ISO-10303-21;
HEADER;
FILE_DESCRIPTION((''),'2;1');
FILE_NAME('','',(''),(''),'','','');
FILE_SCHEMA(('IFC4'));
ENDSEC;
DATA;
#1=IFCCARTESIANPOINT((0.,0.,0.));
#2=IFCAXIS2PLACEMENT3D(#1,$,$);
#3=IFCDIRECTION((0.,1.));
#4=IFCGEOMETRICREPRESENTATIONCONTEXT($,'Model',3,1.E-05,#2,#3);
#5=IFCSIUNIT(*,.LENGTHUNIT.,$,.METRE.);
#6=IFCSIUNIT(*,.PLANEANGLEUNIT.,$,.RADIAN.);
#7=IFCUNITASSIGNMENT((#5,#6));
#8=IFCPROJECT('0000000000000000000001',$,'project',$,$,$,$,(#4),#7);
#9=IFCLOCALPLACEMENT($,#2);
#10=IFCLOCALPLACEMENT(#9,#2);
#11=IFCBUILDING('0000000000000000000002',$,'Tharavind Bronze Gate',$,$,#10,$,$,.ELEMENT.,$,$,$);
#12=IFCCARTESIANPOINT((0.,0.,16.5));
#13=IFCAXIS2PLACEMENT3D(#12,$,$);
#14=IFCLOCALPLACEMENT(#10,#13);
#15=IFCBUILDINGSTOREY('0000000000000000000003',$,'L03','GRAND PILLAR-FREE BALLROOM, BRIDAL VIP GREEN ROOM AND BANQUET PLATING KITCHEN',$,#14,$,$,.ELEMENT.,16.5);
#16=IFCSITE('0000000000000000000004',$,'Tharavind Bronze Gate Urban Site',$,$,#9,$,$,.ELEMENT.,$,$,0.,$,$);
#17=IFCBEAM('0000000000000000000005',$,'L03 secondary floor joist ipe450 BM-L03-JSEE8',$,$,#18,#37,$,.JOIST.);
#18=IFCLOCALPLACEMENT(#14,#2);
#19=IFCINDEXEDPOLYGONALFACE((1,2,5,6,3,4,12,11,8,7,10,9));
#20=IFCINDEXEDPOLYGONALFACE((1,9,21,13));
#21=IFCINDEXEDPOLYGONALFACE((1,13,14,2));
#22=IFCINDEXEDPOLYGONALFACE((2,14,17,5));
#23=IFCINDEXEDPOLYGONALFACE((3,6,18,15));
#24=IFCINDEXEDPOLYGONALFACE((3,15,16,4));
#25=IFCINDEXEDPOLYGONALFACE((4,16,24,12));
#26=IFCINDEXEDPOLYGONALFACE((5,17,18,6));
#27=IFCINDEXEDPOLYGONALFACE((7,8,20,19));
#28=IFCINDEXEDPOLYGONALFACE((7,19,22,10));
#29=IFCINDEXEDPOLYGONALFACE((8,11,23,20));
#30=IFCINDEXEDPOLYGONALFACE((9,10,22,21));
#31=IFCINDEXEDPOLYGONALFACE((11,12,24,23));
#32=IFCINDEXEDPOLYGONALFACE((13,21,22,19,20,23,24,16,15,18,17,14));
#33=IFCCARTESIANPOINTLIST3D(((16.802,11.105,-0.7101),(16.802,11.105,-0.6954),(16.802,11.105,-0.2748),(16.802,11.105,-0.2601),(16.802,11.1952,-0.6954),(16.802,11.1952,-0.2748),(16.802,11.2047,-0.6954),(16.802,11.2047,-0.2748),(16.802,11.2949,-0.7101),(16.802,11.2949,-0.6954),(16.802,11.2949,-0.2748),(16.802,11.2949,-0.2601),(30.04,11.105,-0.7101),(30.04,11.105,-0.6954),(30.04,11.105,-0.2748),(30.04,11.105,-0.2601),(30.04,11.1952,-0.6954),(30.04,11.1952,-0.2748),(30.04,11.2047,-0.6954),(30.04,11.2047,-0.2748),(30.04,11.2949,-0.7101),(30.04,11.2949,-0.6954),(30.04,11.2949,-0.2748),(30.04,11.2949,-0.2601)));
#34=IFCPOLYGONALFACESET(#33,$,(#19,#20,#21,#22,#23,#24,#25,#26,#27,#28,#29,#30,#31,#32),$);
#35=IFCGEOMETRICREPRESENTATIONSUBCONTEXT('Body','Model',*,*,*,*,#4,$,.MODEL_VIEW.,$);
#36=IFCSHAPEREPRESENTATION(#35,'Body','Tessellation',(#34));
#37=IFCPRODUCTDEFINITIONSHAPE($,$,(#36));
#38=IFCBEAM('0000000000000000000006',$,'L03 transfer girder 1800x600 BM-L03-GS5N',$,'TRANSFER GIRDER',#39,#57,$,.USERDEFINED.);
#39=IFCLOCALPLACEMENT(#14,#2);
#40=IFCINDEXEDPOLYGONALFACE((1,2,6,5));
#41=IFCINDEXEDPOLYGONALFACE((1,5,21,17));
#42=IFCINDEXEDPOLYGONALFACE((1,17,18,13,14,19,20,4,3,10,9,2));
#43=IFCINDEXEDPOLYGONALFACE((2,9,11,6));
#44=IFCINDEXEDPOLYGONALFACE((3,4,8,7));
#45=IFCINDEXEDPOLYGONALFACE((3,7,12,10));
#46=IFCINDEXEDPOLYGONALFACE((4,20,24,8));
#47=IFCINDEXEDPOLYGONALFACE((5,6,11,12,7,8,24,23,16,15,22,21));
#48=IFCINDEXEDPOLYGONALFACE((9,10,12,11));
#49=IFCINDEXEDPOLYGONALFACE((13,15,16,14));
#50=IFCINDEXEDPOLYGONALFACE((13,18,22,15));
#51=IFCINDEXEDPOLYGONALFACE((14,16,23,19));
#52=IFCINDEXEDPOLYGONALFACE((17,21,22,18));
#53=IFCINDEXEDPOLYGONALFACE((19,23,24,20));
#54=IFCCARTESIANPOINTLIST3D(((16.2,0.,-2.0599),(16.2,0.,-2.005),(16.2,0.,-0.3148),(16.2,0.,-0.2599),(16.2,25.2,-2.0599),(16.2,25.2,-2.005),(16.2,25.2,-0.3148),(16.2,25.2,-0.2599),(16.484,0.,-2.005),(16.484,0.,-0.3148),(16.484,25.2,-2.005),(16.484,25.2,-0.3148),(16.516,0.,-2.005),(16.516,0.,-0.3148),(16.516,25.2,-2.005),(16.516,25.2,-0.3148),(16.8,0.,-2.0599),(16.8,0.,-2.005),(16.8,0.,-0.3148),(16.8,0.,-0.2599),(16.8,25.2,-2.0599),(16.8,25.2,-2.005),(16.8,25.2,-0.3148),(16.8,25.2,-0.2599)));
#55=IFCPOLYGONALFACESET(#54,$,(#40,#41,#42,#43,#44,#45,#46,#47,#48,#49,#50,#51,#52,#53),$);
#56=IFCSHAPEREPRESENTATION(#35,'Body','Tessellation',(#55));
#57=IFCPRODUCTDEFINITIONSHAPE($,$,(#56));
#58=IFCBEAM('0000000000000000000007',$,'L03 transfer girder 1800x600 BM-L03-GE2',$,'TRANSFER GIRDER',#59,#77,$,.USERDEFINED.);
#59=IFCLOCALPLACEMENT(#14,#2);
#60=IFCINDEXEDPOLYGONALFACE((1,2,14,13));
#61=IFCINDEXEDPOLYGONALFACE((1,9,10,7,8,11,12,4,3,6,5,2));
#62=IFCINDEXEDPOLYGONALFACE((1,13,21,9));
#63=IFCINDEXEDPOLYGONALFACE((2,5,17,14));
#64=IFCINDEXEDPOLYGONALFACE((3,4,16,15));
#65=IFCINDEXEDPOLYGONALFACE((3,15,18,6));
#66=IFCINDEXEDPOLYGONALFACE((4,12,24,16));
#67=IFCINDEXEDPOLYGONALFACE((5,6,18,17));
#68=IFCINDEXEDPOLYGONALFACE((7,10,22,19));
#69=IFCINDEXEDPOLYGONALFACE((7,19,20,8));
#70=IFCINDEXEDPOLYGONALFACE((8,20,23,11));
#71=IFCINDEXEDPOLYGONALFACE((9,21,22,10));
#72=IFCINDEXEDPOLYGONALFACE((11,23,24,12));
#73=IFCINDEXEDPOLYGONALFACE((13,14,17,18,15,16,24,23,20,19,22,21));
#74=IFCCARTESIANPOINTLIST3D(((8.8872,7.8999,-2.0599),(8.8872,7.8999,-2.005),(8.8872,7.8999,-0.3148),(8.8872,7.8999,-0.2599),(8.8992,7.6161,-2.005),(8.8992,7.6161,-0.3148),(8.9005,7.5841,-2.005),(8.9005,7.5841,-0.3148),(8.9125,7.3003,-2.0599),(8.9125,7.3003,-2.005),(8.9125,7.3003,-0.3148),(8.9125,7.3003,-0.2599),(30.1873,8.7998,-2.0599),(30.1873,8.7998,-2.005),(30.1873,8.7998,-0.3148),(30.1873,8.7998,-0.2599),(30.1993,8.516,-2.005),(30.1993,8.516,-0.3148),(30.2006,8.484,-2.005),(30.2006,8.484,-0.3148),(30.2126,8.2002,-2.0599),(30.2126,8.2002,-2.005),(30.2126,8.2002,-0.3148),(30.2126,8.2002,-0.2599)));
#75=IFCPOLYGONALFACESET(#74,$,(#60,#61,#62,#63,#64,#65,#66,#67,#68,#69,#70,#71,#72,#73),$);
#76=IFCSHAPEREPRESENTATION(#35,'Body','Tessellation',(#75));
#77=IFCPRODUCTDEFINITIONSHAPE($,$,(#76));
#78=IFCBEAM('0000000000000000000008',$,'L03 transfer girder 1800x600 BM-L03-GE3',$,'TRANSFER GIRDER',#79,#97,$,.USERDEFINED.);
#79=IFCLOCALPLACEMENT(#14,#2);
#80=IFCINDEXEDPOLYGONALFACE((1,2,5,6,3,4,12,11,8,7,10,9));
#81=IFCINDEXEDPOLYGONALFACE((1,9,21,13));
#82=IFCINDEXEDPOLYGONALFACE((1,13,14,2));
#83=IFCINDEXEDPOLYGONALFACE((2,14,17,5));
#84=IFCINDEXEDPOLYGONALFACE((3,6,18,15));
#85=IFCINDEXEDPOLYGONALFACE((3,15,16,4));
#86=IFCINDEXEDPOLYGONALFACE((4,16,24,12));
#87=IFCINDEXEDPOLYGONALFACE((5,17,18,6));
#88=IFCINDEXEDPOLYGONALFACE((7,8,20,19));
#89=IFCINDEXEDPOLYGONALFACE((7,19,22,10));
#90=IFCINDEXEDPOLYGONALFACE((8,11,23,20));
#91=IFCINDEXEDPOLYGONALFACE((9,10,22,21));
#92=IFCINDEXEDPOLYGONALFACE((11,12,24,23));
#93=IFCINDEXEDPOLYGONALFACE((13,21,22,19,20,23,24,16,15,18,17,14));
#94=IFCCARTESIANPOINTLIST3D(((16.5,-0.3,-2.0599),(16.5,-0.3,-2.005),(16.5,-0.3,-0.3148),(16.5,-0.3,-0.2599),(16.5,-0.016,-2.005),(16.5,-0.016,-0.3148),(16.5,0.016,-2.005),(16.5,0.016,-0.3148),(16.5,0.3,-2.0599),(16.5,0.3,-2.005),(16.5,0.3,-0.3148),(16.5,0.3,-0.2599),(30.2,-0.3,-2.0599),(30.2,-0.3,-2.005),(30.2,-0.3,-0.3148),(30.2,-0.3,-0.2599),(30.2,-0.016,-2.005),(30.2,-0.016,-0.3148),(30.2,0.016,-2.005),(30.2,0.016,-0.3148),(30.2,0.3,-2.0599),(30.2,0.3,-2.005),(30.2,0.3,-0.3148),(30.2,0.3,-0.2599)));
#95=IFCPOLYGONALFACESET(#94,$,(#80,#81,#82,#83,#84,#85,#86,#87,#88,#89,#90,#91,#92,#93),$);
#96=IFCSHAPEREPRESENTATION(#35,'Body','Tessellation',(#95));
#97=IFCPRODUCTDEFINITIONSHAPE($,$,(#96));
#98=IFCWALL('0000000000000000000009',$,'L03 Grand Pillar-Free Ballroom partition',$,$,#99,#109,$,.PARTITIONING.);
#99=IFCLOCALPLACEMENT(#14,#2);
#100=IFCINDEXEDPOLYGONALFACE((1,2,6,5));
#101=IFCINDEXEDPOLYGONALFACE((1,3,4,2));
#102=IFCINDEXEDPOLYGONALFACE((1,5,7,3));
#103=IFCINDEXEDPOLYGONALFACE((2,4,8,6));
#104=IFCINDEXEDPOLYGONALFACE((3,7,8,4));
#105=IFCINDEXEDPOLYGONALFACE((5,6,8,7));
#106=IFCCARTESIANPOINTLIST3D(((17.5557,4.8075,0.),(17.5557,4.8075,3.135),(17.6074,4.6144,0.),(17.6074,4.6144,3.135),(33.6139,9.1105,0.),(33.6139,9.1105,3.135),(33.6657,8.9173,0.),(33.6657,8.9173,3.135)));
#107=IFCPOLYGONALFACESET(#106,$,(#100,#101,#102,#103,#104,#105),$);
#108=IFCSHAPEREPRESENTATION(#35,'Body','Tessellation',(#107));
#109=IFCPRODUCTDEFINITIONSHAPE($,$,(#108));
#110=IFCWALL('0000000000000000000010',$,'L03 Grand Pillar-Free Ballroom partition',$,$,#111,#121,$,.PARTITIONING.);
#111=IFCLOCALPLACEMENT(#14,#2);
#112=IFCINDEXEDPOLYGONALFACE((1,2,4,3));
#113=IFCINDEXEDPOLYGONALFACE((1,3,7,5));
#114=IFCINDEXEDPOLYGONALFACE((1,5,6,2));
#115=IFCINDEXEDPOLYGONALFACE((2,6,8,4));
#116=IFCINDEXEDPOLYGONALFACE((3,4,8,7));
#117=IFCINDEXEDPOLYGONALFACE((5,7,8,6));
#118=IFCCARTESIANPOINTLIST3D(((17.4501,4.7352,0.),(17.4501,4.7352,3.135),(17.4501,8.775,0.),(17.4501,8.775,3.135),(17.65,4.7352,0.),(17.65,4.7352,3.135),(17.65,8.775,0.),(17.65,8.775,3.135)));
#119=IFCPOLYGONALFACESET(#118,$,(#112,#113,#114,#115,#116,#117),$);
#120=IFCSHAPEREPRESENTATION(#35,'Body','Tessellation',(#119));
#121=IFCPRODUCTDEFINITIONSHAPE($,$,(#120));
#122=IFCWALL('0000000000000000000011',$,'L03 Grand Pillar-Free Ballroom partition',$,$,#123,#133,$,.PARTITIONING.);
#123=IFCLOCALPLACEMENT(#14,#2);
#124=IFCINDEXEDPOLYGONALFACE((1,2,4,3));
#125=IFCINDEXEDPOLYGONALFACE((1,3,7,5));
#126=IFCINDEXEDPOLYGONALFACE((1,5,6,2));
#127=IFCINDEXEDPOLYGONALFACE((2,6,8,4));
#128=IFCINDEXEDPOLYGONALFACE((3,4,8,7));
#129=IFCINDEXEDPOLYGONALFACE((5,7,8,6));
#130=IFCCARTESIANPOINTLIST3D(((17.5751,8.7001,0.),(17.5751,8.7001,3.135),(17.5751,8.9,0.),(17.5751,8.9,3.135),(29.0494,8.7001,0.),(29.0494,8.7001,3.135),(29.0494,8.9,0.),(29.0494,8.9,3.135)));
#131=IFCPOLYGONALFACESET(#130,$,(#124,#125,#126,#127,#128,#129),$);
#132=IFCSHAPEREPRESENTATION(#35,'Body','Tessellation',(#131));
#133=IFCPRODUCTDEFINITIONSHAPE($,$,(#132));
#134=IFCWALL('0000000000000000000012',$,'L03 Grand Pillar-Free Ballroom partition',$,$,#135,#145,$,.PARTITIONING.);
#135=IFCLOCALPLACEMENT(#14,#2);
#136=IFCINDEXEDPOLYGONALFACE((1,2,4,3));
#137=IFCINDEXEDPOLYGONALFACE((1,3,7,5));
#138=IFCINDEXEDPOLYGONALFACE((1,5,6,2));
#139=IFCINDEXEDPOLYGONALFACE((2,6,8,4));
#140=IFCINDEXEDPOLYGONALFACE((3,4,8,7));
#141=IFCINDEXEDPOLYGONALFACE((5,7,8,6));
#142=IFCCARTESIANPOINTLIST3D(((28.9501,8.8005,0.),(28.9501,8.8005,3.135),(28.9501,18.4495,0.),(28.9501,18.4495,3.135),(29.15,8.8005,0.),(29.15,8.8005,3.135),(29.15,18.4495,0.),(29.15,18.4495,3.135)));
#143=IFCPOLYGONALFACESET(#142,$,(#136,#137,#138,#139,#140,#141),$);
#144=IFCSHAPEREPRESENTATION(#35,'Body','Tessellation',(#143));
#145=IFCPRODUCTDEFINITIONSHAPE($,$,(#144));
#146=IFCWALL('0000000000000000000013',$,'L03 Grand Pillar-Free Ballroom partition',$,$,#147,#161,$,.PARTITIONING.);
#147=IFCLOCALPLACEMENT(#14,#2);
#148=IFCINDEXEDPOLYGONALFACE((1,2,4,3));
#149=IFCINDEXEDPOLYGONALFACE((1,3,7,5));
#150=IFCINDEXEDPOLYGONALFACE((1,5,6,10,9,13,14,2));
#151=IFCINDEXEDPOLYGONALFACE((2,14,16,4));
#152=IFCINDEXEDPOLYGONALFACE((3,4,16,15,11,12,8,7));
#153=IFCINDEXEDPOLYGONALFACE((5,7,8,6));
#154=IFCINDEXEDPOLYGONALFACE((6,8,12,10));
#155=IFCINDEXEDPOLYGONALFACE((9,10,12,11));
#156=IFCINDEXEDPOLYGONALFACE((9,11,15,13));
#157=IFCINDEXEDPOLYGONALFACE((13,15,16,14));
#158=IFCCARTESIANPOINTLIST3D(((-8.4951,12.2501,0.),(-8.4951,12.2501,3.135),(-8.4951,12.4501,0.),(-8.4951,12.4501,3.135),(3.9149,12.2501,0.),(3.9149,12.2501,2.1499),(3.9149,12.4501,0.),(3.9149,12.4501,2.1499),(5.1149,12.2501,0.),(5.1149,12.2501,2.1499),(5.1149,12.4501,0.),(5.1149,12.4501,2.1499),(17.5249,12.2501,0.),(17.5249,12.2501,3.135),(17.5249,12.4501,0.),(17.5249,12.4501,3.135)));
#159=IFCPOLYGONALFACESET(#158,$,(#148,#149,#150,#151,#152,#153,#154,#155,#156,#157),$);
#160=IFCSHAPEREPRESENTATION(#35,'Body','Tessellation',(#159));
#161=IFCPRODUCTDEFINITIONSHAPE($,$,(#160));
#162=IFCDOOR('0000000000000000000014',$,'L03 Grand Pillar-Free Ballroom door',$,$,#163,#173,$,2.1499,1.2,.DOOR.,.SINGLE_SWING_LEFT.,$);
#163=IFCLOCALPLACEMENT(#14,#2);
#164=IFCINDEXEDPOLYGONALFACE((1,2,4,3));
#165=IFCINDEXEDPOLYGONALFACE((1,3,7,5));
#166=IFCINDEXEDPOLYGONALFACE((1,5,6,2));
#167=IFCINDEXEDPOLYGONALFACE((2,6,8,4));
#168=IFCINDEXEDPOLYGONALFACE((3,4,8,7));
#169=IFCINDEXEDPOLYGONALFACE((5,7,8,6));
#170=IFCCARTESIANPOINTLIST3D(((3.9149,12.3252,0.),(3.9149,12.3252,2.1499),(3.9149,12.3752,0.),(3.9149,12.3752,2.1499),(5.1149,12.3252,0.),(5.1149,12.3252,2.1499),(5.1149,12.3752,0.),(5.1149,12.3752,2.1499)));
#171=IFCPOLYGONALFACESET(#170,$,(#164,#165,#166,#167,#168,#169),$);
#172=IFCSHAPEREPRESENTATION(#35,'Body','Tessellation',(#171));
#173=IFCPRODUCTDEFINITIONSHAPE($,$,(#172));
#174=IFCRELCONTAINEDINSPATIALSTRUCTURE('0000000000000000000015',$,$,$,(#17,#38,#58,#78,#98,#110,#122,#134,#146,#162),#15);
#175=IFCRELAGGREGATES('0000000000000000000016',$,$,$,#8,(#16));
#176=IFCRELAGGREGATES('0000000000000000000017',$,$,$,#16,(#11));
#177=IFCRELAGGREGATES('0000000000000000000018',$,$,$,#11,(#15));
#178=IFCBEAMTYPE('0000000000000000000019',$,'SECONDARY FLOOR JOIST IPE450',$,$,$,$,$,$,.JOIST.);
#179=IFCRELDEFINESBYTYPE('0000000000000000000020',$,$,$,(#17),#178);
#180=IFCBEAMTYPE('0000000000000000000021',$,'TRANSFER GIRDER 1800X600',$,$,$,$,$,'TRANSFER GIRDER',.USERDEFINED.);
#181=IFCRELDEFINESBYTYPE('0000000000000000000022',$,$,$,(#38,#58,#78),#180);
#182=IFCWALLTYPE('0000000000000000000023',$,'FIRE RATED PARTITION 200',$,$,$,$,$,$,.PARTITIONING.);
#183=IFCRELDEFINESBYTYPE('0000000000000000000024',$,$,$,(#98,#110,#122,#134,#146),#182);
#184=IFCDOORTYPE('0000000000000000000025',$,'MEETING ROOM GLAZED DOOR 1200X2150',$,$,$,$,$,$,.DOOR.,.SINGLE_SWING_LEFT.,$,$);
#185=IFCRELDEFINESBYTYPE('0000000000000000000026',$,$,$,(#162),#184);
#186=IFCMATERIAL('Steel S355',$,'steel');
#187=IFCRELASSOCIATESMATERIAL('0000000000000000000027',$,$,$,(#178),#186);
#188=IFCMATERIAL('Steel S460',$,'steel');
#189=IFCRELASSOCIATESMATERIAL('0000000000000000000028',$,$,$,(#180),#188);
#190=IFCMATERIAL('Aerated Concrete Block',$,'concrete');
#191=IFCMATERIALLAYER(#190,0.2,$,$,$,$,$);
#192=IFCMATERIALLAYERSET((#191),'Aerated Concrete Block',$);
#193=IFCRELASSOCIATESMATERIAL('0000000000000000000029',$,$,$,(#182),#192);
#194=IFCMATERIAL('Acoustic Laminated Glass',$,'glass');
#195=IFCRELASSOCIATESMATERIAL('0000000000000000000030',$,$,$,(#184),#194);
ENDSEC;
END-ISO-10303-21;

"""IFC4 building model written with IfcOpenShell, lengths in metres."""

from ifc_helpers import new_model, si_unit, direction, frame, frame_2d, origin, origin_2d, place, context, subcontext, project, spatial, rectangle, i_section, extrude, material, layer, layer_set, material_profile, profile_set, type_object, element, fill, save


model = new_model("IFC4")

# Units and contexts
model_context = context("Model", 3, precision=1e-05, world=origin(), true_north=direction((0.0, 1.0)))
body_context = subcontext(model_context, "Body", "Model", "MODEL_VIEW")
ifc_project = project(units=[si_unit("LENGTHUNIT", "METRE"), si_unit("PLANEANGLEUNIT", "RADIAN")], contexts=[model_context])

# Site, building, storey
site_placement = place(None, origin())
site = spatial("IfcSite", under=ifc_project, at=site_placement, Name="Tharavind Bronze Gate Urban Site", CompositionType="ELEMENT", RefElevation=0.0)
building_placement = place(site_placement, origin())
building = spatial("IfcBuilding", under=site, at=building_placement, Name="Tharavind Bronze Gate", CompositionType="ELEMENT")
storey_placement = place(building_placement, frame((0.0, 0.0, 16.5)))
storey = spatial("IfcBuildingStorey", under=building, at=storey_placement, Name="L03", Description="GRAND PILLAR-FREE BALLROOM, BRIDAL VIP GREEN ROOM AND BANQUET PLATING KITCHEN", CompositionType="ELEMENT", Elevation=16.5)

# Shared definitions
ifc_material_1 = material(Name="Steel S460", Category="steel")

# Beams
ifc_material_2 = material(Name="Steel S355", Category="steel")
ifc_material_profile_1 = material_profile(ifc_material_2, i_section(OverallWidth=0.1899, OverallDepth=0.45, WebThickness=0.0095, FlangeThickness=0.0146, at=origin_2d()), Name="IPE450")
ifc_profile_set_1 = profile_set([ifc_material_profile_1], Name="Steel S355")
beam_type_1 = type_object("IfcBeamType", Name="SECONDARY FLOOR JOIST IPE450", PredefinedType="JOIST", material=ifc_profile_set_1)
for number, where, z_axis, x_axis, name in (
    (1, (16.802, 11.2, -0.4851), (1.0, 0.0, 0.0), (0.0, 1.0, 0.0), "L03 secondary floor joist ipe450 BM-L03-JSEE8"),
):
    element("IfcBeam", number, at=place(storey_placement, frame(where, z_axis=z_axis, x_axis=x_axis)), inside=storey, type_object=beam_type_1, Name=name, PredefinedType="JOIST", context=body_context, shape_type="SweptSolid", body=[
        extrude(i_section(OverallWidth=0.1899, OverallDepth=0.45, WebThickness=0.0095, FlangeThickness=0.0146, at=origin_2d()), origin(), (0.0, 0.0, 1.0), 13.238),
    ])
ifc_material_profile_2 = material_profile(ifc_material_1, i_section(OverallWidth=0.6001, OverallDepth=1.8, WebThickness=0.032, FlangeThickness=0.0549, at=origin_2d()), Name="PG1800X600")
ifc_profile_set_2 = profile_set([ifc_material_profile_2], Name="Steel S460")
beam_type_2 = type_object("IfcBeamType", Name="TRANSFER GIRDER 1800X600", ElementType="TRANSFER GIRDER", PredefinedType="USERDEFINED", material=ifc_profile_set_2)
beam_1_placement = place(storey_placement, frame((16.5, 0.0, -1.1599), z_axis=(0.0, 1.0, 0.0), x_axis=(-1.0, 0.0, 0.0)))
element("IfcBeam", 2, at=beam_1_placement, inside=storey, type_object=beam_type_2, Name="L03 transfer girder 1800x600 BM-L03-GS5N", ObjectType="TRANSFER GIRDER", PredefinedType="USERDEFINED", context=body_context, shape_type="SweptSolid", body=[
    extrude(i_section(OverallWidth=0.6001, OverallDepth=1.8, WebThickness=0.032, FlangeThickness=0.0549, at=origin_2d()), origin(), (0.0, 0.0, 1.0), 25.2),
])
beam_2_placement = place(storey_placement, frame((30.2, 8.5, -1.1599), z_axis=(-0.999109, -0.042211, 0.0), x_axis=(0.042211, -0.999109, 0.0)))
element("IfcBeam", 3, at=beam_2_placement, inside=storey, type_object=beam_type_2, Name="L03 transfer girder 1800x600 BM-L03-GE2", ObjectType="TRANSFER GIRDER", PredefinedType="USERDEFINED", context=body_context, shape_type="SweptSolid", body=[
    extrude(i_section(OverallWidth=0.6001, OverallDepth=1.8, WebThickness=0.032, FlangeThickness=0.0549, at=origin_2d()), origin(), (0.0, 0.0, 1.0), 21.3191),
])
beam_3_placement = place(storey_placement, frame((30.2, 0.0, -1.1599), z_axis=(-1.0, 0.0, 0.0), x_axis=(0.0, -1.0, 0.0)))
element("IfcBeam", 4, at=beam_3_placement, inside=storey, type_object=beam_type_2, Name="L03 transfer girder 1800x600 BM-L03-GE3", ObjectType="TRANSFER GIRDER", PredefinedType="USERDEFINED", context=body_context, shape_type="SweptSolid", body=[
    extrude(i_section(OverallWidth=0.6001, OverallDepth=1.8, WebThickness=0.032, FlangeThickness=0.0549, at=origin_2d()), origin(), (0.0, 0.0, 1.0), 13.7),
])

# Walls
ifc_material_3 = material(Name="Aerated Concrete Block", Category="concrete")
ifc_layer_1 = layer(ifc_material_3, 0.2)
ifc_layer_set_1 = layer_set([ifc_layer_1], Name="Aerated Concrete Block")
wall_type_1 = type_object("IfcWallType", Name="FIRE RATED PARTITION 200", PredefinedType="PARTITIONING", material=ifc_layer_set_1)
wall_1_placement = place(storey_placement, frame((33.6399, 9.0139, 0.0), z_axis=(0.0, 0.0, 1.0), x_axis=(-0.965923, -0.258828, 0.0)))
element("IfcWall", 5, at=wall_1_placement, inside=storey, type_object=wall_type_1, Name="L03 Grand Pillar-Free Ballroom partition", PredefinedType="PARTITIONING", context=body_context, shape_type="SweptSolid", body=[
    extrude(rectangle(XDim=16.6248, YDim=0.2, at=frame_2d((8.3125, 0.0))), origin(), (0.0, 0.0, 1.0), 3.135),
])
wall_2_placement = place(storey_placement, frame((17.55, 4.7351, 0.0), z_axis=(0.0, 0.0, 1.0), x_axis=(0.0, 1.0, 0.0)))
element("IfcWall", 6, at=wall_2_placement, inside=storey, type_object=wall_type_1, Name="L03 Grand Pillar-Free Ballroom partition", PredefinedType="PARTITIONING", context=body_context, shape_type="SweptSolid", body=[
    extrude(rectangle(XDim=4.0398, YDim=0.2, at=frame_2d((2.02, 0.0))), origin(), (0.0, 0.0, 1.0), 3.135),
])
wall_3_placement = place(storey_placement, frame((17.575, 8.8, 0.0), z_axis=(0.0, 0.0, 1.0), x_axis=(1.0, 0.0, 0.0)))
element("IfcWall", 7, at=wall_3_placement, inside=storey, type_object=wall_type_1, Name="L03 Grand Pillar-Free Ballroom partition", PredefinedType="PARTITIONING", context=body_context, shape_type="SweptSolid", body=[
    extrude(rectangle(XDim=11.4744, YDim=0.2, at=frame_2d((5.7373, 0.0))), origin(), (0.0, 0.0, 1.0), 3.135),
])
wall_4_placement = place(storey_placement, frame((29.05, 8.8005, 0.0), z_axis=(0.0, 0.0, 1.0), x_axis=(0.0, 1.0, 0.0)))
element("IfcWall", 8, at=wall_4_placement, inside=storey, type_object=wall_type_1, Name="L03 Grand Pillar-Free Ballroom partition", PredefinedType="PARTITIONING", context=body_context, shape_type="SweptSolid", body=[
    extrude(rectangle(XDim=9.6489, YDim=0.2, at=frame_2d((4.8245, 0.0))), origin(), (0.0, 0.0, 1.0), 3.135),
])

# Wall, opening, door
wall_5_placement = place(storey_placement, frame((17.5249, 12.3501, 0.0), z_axis=(0.0, 0.0, 1.0), x_axis=(-1.0, 0.0, 0.0)))
wall_5 = element("IfcWall", 9, at=wall_5_placement, inside=storey, type_object=wall_type_1, Name="L03 Grand Pillar-Free Ballroom partition", PredefinedType="PARTITIONING", context=body_context, shape_type="SweptSolid", body=[
    extrude(rectangle(XDim=26.02, YDim=0.2, at=frame_2d((13.01, 0.0))), origin(), (0.0, 0.0, 1.0), 3.135),
])
opening_1_placement = place(wall_5_placement, frame((12.4099, 0.0, 0.0)))
opening_1 = element("IfcOpeningElement", 10, at=opening_1_placement, cuts=wall_5, PredefinedType="OPENING", context=body_context, shape_type="SweptSolid", body=[
    extrude(rectangle(XDim=1.2, YDim=2.1499, at=frame_2d((0.6001, 1.075))), frame((0.0, 0.1101, 0.0), z_axis=(0.0, -1.0, 0.0), x_axis=(1.0, 0.0, 0.0)), (0.0, 0.0, 1.0), 0.22),
])
ifc_material_4 = material(Name="Acoustic Laminated Glass", Category="glass")
door_type_1 = type_object("IfcDoorType", Name="MEETING ROOM GLAZED DOOR 1200X2150", OperationType="SINGLE_SWING_LEFT", PredefinedType="DOOR", material=ifc_material_4)
door_1_placement = place(opening_1_placement, origin())
door_1 = element("IfcDoor", 11, at=door_1_placement, inside=storey, type_object=door_type_1, Name="L03 Grand Pillar-Free Ballroom door", OperationType="SINGLE_SWING_LEFT", OverallHeight=2.1499, OverallWidth=1.2, PredefinedType="DOOR", context=body_context, shape_type="SweptSolid", body=[
    extrude(rectangle(XDim=1.2, YDim=2.1499, at=frame_2d((0.6001, 1.075))), frame((0.0, 0.0249, 0.0), z_axis=(0.0, -1.0, 0.0), x_axis=(1.0, 0.0, 0.0)), (0.0, 0.0, 1.0), 0.05),
])
fill(opening_1, door_1)

save(model, "model.ifc")
